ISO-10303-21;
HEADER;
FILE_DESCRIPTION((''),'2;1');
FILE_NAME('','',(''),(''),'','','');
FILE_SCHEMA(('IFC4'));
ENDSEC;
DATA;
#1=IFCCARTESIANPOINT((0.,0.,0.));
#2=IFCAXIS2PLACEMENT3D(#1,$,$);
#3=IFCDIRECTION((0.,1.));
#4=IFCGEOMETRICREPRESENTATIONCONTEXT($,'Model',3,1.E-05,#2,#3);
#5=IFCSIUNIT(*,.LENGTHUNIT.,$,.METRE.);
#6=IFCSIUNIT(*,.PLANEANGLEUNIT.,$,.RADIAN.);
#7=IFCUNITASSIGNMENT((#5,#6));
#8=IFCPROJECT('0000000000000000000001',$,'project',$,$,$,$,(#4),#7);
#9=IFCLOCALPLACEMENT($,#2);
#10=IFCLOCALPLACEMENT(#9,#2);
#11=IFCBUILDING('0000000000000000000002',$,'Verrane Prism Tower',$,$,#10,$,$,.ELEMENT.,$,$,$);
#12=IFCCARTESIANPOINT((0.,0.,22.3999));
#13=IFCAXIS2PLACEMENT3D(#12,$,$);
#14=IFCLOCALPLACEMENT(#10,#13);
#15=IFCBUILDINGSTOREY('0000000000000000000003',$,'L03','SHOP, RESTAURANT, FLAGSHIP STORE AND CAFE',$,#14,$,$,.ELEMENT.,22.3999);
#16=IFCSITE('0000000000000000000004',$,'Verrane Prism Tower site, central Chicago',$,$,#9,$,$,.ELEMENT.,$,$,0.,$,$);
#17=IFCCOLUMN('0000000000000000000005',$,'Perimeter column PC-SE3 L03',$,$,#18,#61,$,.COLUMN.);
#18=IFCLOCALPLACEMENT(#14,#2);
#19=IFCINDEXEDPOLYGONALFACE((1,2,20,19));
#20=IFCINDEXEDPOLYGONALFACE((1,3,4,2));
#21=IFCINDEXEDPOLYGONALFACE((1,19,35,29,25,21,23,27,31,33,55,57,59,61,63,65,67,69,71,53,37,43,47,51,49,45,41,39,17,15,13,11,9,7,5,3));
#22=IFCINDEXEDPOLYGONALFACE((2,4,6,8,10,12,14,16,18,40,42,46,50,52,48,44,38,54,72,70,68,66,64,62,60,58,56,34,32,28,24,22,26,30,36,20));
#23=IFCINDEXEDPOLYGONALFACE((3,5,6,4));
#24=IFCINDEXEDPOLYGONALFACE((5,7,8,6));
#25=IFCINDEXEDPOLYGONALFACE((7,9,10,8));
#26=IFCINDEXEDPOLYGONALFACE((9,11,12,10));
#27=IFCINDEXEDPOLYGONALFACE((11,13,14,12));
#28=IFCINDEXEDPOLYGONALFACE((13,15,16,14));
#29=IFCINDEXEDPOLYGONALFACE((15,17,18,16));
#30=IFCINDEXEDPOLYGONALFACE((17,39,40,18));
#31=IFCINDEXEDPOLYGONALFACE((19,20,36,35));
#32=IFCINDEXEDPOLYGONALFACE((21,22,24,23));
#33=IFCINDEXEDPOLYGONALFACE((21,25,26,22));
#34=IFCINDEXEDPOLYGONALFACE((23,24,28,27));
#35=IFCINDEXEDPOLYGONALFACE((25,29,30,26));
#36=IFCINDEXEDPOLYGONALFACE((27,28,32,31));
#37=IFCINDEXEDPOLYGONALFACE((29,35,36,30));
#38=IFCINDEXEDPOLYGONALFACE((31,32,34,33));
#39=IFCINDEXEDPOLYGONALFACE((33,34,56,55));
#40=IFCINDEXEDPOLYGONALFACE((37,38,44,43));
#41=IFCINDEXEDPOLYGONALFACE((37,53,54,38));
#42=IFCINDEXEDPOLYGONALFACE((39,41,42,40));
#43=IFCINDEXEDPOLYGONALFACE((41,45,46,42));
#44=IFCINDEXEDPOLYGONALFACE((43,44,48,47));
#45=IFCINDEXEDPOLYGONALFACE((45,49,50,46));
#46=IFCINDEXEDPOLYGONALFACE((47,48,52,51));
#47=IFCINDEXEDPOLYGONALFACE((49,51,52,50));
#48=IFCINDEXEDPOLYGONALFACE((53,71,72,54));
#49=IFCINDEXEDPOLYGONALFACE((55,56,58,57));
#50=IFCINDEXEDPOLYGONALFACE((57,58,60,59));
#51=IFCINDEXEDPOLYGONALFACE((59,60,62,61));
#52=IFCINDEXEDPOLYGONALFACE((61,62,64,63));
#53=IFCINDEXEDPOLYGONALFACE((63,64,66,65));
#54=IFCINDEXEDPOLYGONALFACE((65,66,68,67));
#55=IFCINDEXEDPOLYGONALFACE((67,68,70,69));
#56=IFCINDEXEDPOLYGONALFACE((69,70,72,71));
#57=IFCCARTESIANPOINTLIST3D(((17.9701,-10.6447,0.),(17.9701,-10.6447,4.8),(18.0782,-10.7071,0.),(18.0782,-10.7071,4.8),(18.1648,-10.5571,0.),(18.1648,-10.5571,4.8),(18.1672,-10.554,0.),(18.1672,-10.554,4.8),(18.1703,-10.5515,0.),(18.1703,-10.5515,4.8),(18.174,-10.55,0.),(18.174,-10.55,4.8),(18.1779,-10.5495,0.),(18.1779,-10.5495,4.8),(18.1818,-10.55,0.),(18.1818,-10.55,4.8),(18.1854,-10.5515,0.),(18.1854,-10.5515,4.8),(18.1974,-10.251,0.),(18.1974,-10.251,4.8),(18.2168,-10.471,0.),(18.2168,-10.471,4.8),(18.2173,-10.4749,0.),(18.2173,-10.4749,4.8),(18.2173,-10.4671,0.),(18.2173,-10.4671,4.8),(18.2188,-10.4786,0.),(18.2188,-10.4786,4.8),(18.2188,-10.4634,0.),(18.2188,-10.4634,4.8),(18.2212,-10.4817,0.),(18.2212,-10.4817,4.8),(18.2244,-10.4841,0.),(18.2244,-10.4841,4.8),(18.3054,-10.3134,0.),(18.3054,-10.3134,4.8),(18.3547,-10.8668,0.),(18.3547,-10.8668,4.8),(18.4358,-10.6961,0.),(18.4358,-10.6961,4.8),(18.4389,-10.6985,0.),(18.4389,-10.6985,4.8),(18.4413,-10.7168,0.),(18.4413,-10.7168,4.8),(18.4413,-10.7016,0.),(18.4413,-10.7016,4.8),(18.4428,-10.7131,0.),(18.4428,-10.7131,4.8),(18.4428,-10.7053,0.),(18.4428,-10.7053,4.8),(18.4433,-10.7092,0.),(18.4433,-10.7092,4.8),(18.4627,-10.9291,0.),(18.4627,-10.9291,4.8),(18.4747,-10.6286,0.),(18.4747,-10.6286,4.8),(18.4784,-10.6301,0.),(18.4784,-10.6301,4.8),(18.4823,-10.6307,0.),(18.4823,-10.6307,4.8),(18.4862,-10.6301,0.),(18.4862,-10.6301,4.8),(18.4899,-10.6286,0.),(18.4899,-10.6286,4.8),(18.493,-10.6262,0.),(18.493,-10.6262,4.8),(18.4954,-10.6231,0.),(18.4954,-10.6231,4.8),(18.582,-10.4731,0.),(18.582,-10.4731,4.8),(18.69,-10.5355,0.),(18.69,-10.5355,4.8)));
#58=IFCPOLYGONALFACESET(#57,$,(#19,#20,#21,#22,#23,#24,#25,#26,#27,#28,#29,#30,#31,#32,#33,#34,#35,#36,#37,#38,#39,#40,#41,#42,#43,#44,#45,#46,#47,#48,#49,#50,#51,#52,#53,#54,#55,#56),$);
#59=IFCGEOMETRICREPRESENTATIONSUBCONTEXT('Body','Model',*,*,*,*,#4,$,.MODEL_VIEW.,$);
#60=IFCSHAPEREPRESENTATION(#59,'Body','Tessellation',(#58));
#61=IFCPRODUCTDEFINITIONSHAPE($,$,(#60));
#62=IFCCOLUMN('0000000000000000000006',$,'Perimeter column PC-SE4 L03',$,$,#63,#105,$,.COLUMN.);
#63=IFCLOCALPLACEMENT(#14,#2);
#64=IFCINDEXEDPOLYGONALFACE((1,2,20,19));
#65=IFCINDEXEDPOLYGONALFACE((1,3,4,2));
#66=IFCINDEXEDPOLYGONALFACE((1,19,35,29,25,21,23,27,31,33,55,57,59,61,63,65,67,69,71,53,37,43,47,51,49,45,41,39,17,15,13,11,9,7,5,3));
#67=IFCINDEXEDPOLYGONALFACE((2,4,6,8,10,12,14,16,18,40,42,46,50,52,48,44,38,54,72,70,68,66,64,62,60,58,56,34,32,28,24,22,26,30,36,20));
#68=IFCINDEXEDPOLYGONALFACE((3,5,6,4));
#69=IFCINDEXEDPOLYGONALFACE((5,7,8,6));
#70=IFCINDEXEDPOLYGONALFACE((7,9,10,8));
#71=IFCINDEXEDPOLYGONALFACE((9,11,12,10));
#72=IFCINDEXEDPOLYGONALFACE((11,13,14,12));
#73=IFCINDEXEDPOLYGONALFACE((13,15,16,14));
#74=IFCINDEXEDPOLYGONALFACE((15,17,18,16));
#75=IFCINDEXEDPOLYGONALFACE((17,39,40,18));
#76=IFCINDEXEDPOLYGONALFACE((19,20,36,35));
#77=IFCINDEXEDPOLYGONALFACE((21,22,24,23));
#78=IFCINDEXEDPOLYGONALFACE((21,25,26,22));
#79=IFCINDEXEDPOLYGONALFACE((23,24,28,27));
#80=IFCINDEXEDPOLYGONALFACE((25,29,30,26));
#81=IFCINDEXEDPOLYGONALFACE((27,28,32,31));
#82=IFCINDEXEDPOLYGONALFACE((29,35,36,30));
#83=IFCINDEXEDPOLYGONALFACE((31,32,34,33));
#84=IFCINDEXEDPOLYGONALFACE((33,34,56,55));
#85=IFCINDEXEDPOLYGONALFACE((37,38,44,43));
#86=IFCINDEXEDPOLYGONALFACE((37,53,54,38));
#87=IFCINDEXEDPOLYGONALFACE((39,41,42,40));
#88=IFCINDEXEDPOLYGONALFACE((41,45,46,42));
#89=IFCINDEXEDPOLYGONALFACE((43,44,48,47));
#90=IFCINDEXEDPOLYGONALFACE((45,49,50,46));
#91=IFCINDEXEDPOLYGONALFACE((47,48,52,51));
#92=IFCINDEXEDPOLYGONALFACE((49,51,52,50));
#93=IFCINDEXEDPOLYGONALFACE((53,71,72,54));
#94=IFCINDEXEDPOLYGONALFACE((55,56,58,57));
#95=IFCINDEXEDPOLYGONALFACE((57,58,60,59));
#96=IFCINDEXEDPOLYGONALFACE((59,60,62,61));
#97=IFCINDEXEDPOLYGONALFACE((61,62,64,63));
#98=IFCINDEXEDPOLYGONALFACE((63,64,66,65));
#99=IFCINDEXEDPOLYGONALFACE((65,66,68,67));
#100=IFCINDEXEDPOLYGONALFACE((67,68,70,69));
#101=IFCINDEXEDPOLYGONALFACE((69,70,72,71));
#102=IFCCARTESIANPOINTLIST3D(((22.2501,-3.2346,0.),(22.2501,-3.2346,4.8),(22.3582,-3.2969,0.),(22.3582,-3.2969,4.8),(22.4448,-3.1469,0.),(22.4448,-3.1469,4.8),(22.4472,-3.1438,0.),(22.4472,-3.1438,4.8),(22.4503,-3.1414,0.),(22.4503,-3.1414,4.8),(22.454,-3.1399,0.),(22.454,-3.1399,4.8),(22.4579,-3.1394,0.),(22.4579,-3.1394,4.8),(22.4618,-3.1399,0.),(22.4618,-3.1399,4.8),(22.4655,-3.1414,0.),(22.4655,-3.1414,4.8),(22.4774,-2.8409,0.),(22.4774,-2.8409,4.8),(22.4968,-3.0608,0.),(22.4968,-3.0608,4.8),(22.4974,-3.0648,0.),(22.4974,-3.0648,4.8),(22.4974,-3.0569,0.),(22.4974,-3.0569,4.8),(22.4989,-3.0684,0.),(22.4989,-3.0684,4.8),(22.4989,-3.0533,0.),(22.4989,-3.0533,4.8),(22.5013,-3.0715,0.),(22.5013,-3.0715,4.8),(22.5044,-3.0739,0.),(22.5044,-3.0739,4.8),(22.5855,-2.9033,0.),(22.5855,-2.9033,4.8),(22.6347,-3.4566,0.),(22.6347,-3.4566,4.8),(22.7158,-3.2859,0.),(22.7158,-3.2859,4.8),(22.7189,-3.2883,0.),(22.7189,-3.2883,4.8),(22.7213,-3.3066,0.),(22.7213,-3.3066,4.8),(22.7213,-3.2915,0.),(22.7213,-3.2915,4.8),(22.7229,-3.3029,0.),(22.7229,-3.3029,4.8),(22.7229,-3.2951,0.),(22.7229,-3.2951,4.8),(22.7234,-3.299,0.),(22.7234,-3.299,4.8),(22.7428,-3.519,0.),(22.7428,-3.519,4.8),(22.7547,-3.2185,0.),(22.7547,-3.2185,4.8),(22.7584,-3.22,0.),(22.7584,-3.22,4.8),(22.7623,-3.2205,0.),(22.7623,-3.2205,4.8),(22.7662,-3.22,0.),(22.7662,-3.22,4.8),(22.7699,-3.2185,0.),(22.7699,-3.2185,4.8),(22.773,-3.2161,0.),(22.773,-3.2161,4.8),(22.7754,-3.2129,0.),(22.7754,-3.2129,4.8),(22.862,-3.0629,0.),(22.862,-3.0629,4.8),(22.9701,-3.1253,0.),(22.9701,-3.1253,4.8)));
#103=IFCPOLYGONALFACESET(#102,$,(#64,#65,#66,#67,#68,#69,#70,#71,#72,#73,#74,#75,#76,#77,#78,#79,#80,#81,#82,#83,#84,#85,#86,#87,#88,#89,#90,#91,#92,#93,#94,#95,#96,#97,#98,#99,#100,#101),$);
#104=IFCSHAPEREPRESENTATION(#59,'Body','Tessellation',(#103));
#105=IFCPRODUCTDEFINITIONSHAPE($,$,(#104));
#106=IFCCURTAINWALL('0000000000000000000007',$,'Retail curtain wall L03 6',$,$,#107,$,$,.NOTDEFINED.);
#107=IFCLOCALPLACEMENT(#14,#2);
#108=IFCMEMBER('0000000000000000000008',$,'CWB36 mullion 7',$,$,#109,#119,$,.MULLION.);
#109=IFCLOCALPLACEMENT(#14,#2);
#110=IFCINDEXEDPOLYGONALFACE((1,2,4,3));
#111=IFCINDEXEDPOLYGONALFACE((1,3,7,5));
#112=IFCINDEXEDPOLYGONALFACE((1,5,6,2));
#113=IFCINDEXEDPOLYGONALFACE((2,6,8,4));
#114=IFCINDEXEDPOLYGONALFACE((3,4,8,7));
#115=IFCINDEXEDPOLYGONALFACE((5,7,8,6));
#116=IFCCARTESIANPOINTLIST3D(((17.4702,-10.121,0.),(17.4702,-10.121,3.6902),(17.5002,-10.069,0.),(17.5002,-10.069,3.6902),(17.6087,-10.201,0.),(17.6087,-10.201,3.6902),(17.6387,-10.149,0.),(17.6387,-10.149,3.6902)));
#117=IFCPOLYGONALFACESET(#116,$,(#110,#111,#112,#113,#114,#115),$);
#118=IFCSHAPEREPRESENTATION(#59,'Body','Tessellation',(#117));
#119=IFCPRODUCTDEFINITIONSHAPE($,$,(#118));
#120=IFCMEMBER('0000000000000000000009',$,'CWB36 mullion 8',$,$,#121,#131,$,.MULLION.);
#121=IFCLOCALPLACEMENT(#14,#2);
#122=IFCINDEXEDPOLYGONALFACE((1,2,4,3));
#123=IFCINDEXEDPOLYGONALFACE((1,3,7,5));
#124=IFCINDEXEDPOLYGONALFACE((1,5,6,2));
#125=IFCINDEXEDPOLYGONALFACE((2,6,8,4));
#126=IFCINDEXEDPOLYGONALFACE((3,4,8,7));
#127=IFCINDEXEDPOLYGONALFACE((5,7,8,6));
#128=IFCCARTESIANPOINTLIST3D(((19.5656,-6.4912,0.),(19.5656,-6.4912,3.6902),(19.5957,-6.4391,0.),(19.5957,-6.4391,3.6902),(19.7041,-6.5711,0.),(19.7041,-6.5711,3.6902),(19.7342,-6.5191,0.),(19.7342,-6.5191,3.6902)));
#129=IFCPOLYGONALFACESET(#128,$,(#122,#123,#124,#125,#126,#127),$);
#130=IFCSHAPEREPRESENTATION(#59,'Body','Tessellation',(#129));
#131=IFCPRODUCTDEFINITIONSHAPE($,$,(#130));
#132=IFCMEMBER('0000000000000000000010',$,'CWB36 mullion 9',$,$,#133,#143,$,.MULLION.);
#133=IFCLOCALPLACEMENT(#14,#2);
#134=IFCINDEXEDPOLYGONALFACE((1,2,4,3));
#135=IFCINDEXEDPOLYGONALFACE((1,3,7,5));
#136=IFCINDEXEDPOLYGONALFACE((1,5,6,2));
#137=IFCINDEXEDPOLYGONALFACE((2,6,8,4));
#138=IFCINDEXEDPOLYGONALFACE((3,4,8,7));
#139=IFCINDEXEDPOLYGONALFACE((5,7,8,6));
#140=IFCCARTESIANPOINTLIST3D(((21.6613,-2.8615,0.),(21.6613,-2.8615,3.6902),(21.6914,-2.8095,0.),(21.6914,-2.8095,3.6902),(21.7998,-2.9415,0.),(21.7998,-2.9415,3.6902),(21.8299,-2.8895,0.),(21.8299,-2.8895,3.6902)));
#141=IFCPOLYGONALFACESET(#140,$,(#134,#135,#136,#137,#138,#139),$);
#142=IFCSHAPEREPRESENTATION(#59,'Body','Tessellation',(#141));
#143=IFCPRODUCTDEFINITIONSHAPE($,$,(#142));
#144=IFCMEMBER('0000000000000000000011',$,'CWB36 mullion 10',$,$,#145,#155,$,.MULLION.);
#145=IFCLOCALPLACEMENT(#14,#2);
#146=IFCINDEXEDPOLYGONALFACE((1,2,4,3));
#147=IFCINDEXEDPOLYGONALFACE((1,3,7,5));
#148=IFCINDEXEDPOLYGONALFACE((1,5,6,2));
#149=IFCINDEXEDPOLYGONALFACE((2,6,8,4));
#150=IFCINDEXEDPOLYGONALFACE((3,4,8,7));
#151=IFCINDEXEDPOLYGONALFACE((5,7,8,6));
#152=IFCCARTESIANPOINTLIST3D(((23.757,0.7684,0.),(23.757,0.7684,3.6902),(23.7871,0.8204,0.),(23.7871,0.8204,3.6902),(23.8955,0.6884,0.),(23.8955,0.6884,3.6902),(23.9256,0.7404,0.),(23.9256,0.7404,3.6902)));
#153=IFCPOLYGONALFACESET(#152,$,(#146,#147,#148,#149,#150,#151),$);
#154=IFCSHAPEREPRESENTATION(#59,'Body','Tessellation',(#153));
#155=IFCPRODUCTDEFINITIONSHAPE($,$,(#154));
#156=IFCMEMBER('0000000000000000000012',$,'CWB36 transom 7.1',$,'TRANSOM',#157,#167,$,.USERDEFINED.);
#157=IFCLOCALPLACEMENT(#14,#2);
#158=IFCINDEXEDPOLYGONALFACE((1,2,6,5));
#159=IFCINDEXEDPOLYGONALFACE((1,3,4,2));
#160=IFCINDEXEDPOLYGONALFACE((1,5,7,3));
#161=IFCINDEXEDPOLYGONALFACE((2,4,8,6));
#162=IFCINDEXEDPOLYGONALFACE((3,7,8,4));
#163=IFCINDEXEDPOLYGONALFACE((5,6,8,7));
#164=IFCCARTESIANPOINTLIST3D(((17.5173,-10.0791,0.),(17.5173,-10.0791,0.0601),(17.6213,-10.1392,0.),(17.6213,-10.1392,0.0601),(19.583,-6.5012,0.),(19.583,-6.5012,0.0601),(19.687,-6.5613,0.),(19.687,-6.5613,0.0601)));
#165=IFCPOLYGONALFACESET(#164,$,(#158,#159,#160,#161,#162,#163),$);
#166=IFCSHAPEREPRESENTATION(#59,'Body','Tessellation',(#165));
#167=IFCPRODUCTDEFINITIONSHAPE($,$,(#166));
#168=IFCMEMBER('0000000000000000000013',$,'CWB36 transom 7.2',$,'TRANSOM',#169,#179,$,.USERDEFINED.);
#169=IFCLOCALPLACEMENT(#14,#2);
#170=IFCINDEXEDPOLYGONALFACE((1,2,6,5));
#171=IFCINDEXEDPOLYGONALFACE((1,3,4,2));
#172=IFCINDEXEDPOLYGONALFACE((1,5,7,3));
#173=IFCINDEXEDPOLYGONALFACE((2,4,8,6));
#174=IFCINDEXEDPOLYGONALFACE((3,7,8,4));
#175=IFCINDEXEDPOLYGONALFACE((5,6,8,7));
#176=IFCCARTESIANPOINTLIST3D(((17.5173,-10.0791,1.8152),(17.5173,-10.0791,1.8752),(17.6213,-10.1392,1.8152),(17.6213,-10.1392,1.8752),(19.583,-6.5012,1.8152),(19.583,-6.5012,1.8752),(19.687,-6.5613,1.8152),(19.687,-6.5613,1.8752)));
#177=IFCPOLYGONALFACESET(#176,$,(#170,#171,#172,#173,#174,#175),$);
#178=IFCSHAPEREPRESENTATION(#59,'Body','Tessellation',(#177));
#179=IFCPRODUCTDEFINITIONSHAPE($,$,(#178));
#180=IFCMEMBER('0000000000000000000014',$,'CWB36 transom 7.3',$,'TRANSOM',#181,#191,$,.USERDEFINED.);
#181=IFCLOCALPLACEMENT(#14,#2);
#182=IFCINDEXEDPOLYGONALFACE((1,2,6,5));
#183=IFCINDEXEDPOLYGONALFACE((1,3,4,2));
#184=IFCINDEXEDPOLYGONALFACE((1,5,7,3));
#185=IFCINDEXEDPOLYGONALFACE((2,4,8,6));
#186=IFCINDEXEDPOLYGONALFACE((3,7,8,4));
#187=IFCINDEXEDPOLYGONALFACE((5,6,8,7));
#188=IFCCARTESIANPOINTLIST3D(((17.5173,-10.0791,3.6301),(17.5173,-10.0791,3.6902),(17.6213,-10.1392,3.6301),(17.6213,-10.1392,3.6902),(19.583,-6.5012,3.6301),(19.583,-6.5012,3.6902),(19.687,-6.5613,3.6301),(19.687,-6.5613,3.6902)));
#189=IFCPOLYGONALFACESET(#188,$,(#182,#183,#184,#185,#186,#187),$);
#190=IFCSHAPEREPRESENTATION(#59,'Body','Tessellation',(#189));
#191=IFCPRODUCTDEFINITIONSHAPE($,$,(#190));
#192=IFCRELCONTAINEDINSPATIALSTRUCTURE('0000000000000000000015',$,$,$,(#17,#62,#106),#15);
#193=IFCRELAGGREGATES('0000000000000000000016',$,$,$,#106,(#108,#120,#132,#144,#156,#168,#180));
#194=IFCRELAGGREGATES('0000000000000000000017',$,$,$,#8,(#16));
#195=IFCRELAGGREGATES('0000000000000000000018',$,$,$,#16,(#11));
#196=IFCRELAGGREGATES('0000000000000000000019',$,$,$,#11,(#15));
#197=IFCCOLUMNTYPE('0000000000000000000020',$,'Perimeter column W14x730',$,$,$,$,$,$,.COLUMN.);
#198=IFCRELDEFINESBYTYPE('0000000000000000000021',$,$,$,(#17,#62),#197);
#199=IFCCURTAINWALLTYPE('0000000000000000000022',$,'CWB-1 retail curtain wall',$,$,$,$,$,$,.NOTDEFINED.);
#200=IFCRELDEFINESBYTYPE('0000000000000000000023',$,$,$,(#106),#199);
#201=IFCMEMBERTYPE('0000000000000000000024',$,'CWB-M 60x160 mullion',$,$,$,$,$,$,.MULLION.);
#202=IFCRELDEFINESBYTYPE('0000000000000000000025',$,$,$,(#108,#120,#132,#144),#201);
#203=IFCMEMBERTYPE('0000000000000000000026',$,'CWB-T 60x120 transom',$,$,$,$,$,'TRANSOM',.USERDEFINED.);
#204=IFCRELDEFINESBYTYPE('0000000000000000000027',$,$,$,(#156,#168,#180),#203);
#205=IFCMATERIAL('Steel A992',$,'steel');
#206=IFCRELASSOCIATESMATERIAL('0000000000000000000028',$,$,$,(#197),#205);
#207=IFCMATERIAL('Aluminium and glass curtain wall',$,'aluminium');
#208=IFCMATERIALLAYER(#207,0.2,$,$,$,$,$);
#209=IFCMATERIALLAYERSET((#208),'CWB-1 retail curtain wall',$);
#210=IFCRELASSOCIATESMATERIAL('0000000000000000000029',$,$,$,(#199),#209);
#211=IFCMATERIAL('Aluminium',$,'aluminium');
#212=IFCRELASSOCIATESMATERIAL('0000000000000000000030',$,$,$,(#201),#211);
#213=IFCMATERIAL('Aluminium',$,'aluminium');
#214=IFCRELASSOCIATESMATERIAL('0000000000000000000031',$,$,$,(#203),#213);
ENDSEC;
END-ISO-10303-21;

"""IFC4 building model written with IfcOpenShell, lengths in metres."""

from ifc_helpers import new_model, si_unit, direction, frame, origin, origin_2d, place, context, subcontext, project, spatial, rectangle, i_section, extrude, material, layer, layer_set, material_profile, profile_set, type_object, element, aggregate, save


model = new_model("IFC4")

# Units and contexts
model_context = context("Model", 3, precision=1e-05, world=origin(), true_north=direction((0.0, 1.0)))
body_context = subcontext(model_context, "Body", "Model", "MODEL_VIEW")
ifc_project = project(units=[si_unit("LENGTHUNIT", "METRE"), si_unit("PLANEANGLEUNIT", "RADIAN")], contexts=[model_context])

# Site, building, storey
site_placement = place(None, origin())
site = spatial("IfcSite", under=ifc_project, at=site_placement, Name="Verrane Prism Tower site, central Chicago", CompositionType="ELEMENT", RefElevation=0.0)
building_placement = place(site_placement, origin())
building = spatial("IfcBuilding", under=site, at=building_placement, Name="Verrane Prism Tower", CompositionType="ELEMENT")
storey_placement = place(building_placement, frame((0.0, 0.0, 22.3999)))
storey = spatial("IfcBuildingStorey", under=building, at=storey_placement, Name="L03", Description="SHOP, RESTAURANT, FLAGSHIP STORE AND CAFE", CompositionType="ELEMENT", Elevation=22.3999)

# Columns
ifc_material_1 = material(Name="Steel A992", Category="steel")
ifc_material_profile_1 = material_profile(ifc_material_1, i_section(OverallWidth=0.4546, OverallDepth=0.5688, WebThickness=0.0779, FlangeThickness=0.1248, FilletRadius=0.0151, at=origin_2d()), Name="W14x730")
ifc_profile_set_1 = profile_set([ifc_material_profile_1], Name="Steel A992")
column_type = type_object("IfcColumnType", Name="Perimeter column W14x730", PredefinedType="COLUMN", material=ifc_profile_set_1)
for number, where, z_axis, x_axis, name in (
    (1, (18.3301, -10.5901, 0.0), (0.0, 0.0, 1.0), (-0.5, -0.866025, 0.0), "Perimeter column PC-SE3 L03"),
    (2, (22.6101, -3.1799, 0.0), (0.0, 0.0, 1.0), (-0.5, -0.866025, 0.0), "Perimeter column PC-SE4 L03"),
):
    element("IfcColumn", number, at=place(storey_placement, frame(where, z_axis=z_axis, x_axis=x_axis)), inside=storey, type_object=column_type, Name=name, PredefinedType="COLUMN", context=body_context, shape_type="SweptSolid", body=[
        extrude(i_section(OverallWidth=0.4546, OverallDepth=0.5688, WebThickness=0.0779, FlangeThickness=0.1248, FilletRadius=0.0151, at=origin_2d()), origin(), (0.0, 0.0, 1.0), 4.8),
    ])

# Curtain wall, members
ifc_material_2 = material(Name="Aluminium and glass curtain wall", Category="aluminium")
ifc_layer_1 = layer(ifc_material_2, 0.2)
ifc_layer_set_1 = layer_set([ifc_layer_1], Name="CWB-1 retail curtain wall")
curtain_wall_type = type_object("IfcCurtainWallType", Name="CWB-1 retail curtain wall", PredefinedType="NOTDEFINED", material=ifc_layer_set_1)
curtain_wall_placement = place(storey_placement, origin())
curtain_wall = element("IfcCurtainWall", 3, at=curtain_wall_placement, inside=storey, type_object=curtain_wall_type, Name="Retail curtain wall L03 6", PredefinedType="NOTDEFINED")
ifc_material_3 = material(Name="Aluminium", Category="aluminium")
ifc_material_profile_2 = material_profile(ifc_material_3, rectangle(XDim=0.1599, YDim=0.0601, at=origin_2d()), Name="CWB-M 60x160 mullion")
ifc_profile_set_2 = profile_set([ifc_material_profile_2], Name="Aluminium")
member_type_1 = type_object("IfcMemberType", Name="CWB-M 60x160 mullion", PredefinedType="MULLION", material=ifc_profile_set_2)
member_1_placement = place(storey_placement, frame((17.5544, -10.135, 0.0), z_axis=(0.0, 0.0, 1.0), x_axis=(-0.866025, 0.5, 0.0)))
member_1 = element("IfcMember", 4, at=member_1_placement, type_object=member_type_1, Name="CWB36 mullion 7", PredefinedType="MULLION", context=body_context, shape_type="SweptSolid", body=[
    extrude(rectangle(XDim=0.1599, YDim=0.0601, at=origin_2d()), origin(), (0.0, 0.0, 1.0), 3.6902),
])
member_2_placement = place(storey_placement, frame((19.6499, -6.5051, 0.0), z_axis=(0.0, 0.0, 1.0), x_axis=(-0.866025, 0.5, 0.0)))
member_2 = element("IfcMember", 5, at=member_2_placement, type_object=member_type_1, Name="CWB36 mullion 8", PredefinedType="MULLION", context=body_context, shape_type="SweptSolid", body=[
    extrude(rectangle(XDim=0.1599, YDim=0.0601, at=origin_2d()), origin(), (0.0, 0.0, 1.0), 3.6902),
])
member_3_placement = place(storey_placement, frame((21.7456, -2.8755, 0.0), z_axis=(0.0, 0.0, 1.0), x_axis=(-0.866025, 0.5, 0.0)))
member_3 = element("IfcMember", 6, at=member_3_placement, type_object=member_type_1, Name="CWB36 mullion 9", PredefinedType="MULLION", context=body_context, shape_type="SweptSolid", body=[
    extrude(rectangle(XDim=0.1599, YDim=0.0601, at=origin_2d()), origin(), (0.0, 0.0, 1.0), 3.6902),
])
member_4_placement = place(storey_placement, frame((23.8413, 0.7544, 0.0), z_axis=(0.0, 0.0, 1.0), x_axis=(-0.866025, 0.5, 0.0)))
member_4 = element("IfcMember", 7, at=member_4_placement, type_object=member_type_1, Name="CWB36 mullion 10", PredefinedType="MULLION", context=body_context, shape_type="SweptSolid", body=[
    extrude(rectangle(XDim=0.1599, YDim=0.0601, at=origin_2d()), origin(), (0.0, 0.0, 1.0), 3.6902),
])
ifc_material_4 = material(Name="Aluminium", Category="aluminium")
ifc_material_profile_3 = material_profile(ifc_material_4, rectangle(XDim=0.1201, YDim=0.0601, at=origin_2d()), Name="CWB-T 60x120 transom")
ifc_profile_set_3 = profile_set([ifc_material_profile_3], Name="Aluminium")
member_type_2 = type_object("IfcMemberType", Name="CWB-T 60x120 transom", ElementType="TRANSOM", PredefinedType="USERDEFINED", material=ifc_profile_set_3)
member_5_placement = place(storey_placement, frame((17.5693, -10.1091, 0.03), z_axis=(0.499997, 0.866027, 0.0), x_axis=(-0.866027, 0.499997, 0.0)))
member_5 = element("IfcMember", 8, at=member_5_placement, type_object=member_type_2, Name="CWB36 transom 7.1", ObjectType="TRANSOM", PredefinedType="USERDEFINED", context=body_context, shape_type="SweptSolid", body=[
    extrude(rectangle(XDim=0.1201, YDim=0.0601, at=origin_2d()), origin(), (0.0, 0.0, 1.0), 4.1313),
])
member_6_placement = place(storey_placement, frame((17.5693, -10.1091, 1.8452), z_axis=(0.499997, 0.866027, 0.0), x_axis=(-0.866027, 0.499997, 0.0)))
member_6 = element("IfcMember", 9, at=member_6_placement, type_object=member_type_2, Name="CWB36 transom 7.2", ObjectType="TRANSOM", PredefinedType="USERDEFINED", context=body_context, shape_type="SweptSolid", body=[
    extrude(rectangle(XDim=0.1201, YDim=0.0601, at=origin_2d()), origin(), (0.0, 0.0, 1.0), 4.1313),
])
member_7_placement = place(storey_placement, frame((17.5693, -10.1091, 3.6602), z_axis=(0.499997, 0.866027, 0.0), x_axis=(-0.866027, 0.499997, 0.0)))
member_7 = element("IfcMember", 10, at=member_7_placement, type_object=member_type_2, Name="CWB36 transom 7.3", ObjectType="TRANSOM", PredefinedType="USERDEFINED", context=body_context, shape_type="SweptSolid", body=[
    extrude(rectangle(XDim=0.1201, YDim=0.0601, at=origin_2d()), origin(), (0.0, 0.0, 1.0), 4.1313),
])

aggregate(curtain_wall, [member_1, member_2, member_3, member_4, member_5, member_6, member_7])

save(model, "model.ifc")
